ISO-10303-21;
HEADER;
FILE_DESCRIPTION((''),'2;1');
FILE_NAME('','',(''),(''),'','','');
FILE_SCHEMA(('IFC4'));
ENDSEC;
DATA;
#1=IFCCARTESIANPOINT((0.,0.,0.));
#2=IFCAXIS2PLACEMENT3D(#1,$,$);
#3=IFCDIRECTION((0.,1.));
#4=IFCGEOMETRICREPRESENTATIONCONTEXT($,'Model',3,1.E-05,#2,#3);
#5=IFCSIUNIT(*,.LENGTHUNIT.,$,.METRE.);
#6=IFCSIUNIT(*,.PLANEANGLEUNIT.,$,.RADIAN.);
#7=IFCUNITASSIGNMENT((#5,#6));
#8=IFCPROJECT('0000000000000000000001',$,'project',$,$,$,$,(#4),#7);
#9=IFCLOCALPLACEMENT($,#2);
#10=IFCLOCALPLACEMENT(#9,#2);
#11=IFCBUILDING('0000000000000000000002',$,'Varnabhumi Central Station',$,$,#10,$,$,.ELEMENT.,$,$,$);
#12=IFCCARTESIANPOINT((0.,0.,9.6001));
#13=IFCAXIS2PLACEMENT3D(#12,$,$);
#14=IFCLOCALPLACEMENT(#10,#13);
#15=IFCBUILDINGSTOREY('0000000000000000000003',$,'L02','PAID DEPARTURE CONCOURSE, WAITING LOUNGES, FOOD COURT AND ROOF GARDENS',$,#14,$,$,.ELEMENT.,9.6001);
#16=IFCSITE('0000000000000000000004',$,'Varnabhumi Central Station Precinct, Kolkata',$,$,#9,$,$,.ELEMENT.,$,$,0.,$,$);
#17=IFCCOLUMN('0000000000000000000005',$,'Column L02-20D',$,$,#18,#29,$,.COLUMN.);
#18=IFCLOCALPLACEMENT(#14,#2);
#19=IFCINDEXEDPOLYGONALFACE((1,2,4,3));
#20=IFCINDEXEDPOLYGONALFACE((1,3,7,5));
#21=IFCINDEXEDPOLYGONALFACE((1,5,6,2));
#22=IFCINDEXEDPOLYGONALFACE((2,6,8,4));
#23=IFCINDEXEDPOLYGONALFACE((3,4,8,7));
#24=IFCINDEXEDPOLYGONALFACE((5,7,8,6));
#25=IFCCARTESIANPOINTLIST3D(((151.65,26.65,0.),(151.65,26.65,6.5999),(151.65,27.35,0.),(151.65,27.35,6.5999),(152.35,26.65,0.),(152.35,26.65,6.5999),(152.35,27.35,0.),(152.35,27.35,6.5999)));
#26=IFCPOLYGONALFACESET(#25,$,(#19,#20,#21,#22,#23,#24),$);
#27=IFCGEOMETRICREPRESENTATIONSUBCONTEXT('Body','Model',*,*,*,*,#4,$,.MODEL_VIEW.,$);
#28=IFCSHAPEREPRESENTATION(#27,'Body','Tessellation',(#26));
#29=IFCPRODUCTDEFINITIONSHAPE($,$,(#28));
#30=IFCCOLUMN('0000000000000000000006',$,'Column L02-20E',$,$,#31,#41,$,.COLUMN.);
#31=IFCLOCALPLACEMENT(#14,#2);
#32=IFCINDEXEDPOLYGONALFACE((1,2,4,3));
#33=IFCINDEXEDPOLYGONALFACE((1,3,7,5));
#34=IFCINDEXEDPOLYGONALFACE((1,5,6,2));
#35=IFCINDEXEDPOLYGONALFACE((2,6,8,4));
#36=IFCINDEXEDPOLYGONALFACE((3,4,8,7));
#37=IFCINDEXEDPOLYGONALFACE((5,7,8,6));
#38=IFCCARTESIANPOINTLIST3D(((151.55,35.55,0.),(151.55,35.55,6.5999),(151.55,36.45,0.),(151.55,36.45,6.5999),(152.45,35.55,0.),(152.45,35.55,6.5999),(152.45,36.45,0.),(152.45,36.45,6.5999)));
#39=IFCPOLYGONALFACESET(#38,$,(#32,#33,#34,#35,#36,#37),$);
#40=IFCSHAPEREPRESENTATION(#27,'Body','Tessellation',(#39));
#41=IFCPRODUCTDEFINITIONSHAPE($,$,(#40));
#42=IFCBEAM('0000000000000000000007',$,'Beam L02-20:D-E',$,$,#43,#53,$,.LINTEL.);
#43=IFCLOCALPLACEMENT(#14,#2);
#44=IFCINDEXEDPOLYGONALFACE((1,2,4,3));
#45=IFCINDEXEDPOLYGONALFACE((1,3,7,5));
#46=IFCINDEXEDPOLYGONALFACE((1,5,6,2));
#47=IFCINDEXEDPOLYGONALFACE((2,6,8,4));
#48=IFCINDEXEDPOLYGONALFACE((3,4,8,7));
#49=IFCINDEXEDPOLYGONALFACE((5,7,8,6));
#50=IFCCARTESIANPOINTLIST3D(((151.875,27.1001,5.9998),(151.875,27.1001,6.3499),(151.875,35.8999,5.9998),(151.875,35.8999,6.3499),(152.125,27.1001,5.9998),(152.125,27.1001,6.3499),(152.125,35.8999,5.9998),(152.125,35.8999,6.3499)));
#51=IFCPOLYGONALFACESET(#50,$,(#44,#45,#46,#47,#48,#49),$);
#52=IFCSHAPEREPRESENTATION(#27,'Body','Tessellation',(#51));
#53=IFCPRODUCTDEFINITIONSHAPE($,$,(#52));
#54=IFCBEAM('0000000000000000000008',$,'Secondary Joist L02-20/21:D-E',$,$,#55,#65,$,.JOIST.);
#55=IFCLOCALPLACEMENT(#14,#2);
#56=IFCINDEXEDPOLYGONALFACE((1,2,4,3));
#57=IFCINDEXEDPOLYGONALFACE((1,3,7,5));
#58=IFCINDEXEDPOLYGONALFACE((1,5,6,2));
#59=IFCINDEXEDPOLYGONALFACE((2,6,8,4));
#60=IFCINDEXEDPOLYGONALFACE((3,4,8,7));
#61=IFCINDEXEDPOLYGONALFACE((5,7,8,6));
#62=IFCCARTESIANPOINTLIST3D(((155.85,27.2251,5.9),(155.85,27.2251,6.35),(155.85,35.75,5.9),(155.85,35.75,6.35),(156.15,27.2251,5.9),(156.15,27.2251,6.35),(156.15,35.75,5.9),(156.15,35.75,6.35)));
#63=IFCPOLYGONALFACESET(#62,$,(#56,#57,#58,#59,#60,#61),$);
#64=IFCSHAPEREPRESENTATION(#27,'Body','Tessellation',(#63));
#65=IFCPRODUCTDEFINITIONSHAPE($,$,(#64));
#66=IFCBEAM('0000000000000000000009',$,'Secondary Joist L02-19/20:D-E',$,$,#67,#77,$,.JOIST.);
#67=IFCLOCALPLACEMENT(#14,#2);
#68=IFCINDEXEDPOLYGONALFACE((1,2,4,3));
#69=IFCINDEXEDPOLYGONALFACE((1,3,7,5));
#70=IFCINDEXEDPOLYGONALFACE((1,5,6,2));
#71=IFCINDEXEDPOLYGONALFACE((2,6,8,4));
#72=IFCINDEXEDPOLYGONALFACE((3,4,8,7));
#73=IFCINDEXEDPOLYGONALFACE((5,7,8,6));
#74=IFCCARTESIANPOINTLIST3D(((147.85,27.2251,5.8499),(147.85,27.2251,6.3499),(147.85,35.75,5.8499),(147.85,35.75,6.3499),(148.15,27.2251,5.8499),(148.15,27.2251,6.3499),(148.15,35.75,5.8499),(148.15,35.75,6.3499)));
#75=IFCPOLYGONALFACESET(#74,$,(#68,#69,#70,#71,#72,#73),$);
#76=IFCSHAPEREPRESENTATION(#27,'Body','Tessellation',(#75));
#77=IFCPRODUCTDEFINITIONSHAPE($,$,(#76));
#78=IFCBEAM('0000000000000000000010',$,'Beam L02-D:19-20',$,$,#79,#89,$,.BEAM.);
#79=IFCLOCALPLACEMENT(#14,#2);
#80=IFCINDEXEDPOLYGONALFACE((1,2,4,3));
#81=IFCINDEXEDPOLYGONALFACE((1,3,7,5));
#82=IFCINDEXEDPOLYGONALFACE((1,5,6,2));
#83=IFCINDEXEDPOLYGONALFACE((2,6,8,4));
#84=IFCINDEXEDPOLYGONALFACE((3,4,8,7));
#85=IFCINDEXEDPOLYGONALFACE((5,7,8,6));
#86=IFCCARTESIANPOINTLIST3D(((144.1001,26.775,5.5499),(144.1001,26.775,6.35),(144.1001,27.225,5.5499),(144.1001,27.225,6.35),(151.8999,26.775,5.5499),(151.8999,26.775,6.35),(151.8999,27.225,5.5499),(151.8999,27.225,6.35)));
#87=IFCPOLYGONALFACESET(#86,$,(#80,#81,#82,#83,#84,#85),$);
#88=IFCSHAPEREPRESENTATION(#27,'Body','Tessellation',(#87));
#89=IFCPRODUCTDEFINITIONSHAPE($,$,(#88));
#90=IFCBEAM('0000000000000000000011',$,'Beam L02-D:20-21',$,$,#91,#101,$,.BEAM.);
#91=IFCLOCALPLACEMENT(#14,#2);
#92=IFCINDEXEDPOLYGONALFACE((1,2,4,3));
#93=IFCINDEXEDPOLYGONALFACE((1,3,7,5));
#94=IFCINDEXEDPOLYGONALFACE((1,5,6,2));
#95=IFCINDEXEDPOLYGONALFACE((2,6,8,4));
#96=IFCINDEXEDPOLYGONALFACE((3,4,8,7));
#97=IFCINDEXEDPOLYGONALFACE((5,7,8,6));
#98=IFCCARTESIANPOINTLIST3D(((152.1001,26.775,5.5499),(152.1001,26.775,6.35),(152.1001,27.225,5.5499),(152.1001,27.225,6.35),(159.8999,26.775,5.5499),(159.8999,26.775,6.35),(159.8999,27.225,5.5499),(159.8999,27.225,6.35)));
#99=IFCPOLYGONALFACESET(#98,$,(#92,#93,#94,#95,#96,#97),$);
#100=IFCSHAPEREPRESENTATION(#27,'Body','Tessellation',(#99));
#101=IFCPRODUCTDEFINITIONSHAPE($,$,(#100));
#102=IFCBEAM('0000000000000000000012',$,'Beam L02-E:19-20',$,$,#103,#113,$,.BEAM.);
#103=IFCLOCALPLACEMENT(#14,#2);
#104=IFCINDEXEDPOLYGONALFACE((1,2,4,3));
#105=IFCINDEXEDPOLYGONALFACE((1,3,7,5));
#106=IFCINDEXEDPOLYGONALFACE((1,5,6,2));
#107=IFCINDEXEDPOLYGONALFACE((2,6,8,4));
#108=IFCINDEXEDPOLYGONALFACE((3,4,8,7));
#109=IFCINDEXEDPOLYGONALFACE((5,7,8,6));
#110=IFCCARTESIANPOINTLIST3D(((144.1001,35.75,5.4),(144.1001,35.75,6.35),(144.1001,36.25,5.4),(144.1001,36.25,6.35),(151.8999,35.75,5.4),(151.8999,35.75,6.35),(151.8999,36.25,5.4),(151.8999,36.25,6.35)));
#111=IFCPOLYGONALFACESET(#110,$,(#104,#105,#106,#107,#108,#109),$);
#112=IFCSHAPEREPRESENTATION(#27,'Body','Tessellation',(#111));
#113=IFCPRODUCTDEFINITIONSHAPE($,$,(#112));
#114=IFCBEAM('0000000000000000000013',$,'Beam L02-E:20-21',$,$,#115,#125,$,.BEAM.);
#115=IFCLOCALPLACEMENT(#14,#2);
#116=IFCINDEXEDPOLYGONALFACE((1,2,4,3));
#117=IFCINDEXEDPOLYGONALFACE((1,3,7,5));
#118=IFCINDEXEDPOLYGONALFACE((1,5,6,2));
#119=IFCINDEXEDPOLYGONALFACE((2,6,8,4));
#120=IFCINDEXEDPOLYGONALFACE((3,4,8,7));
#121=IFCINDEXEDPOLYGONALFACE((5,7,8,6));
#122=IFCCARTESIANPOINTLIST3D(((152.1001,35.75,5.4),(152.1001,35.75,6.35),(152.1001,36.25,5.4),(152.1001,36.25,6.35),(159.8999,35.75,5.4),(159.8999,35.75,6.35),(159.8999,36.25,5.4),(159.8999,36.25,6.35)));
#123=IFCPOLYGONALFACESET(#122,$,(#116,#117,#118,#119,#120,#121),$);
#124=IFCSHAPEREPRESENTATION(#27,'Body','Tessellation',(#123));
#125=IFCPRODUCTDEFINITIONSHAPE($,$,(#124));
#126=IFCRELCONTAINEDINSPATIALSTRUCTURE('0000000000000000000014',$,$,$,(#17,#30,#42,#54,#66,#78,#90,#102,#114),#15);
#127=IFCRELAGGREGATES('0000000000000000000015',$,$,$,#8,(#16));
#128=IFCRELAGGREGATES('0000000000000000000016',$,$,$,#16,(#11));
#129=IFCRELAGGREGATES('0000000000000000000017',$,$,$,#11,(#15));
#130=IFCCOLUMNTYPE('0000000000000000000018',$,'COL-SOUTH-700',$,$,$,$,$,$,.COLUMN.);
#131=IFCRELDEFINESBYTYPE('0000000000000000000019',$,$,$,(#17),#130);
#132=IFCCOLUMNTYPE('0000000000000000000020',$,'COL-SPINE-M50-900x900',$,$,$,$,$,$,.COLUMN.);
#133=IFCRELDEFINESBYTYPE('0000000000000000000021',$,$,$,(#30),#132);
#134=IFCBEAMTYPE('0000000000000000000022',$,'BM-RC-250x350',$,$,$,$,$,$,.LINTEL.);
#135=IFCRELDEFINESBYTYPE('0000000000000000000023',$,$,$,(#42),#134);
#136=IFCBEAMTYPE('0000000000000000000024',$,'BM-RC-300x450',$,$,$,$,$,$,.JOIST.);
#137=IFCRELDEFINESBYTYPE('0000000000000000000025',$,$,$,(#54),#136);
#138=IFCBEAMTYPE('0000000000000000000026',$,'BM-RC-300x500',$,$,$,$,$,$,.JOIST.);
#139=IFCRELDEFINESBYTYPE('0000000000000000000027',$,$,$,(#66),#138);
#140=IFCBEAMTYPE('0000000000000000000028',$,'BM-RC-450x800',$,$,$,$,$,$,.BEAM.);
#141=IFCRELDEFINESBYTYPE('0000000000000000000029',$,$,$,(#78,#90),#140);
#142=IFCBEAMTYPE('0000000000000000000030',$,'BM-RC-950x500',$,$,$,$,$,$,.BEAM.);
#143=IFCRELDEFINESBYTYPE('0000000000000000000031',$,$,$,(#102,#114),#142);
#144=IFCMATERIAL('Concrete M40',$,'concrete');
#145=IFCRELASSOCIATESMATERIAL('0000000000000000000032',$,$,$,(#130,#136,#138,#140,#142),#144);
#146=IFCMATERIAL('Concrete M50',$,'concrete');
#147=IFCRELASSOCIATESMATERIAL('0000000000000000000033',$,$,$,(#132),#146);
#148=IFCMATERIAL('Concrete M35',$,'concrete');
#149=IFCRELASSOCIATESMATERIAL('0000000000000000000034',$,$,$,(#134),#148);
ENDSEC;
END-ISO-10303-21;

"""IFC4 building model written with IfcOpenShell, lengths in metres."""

from ifc_helpers import new_model, si_unit, direction, frame, origin, origin_2d, place, context, subcontext, project, spatial, rectangle, extrude, material, material_profile, profile_set, type_object, element, save


model = new_model("IFC4")

# Units and contexts
model_context = context("Model", 3, precision=1e-05, world=origin(), true_north=direction((0.0, 1.0)))
body_context = subcontext(model_context, "Body", "Model", "MODEL_VIEW")
ifc_project = project(units=[si_unit("LENGTHUNIT", "METRE"), si_unit("PLANEANGLEUNIT", "RADIAN")], contexts=[model_context])

# Site, building, storey
site_placement = place(None, origin())
site = spatial("IfcSite", under=ifc_project, at=site_placement, Name="Varnabhumi Central Station Precinct, Kolkata", CompositionType="ELEMENT", RefElevation=0.0)
building_placement = place(site_placement, origin())
building = spatial("IfcBuilding", under=site, at=building_placement, Name="Varnabhumi Central Station", CompositionType="ELEMENT")
storey_placement = place(building_placement, frame((0.0, 0.0, 9.6001)))
storey = spatial("IfcBuildingStorey", under=building, at=storey_placement, Name="L02", Description="PAID DEPARTURE CONCOURSE, WAITING LOUNGES, FOOD COURT AND ROOF GARDENS", CompositionType="ELEMENT", Elevation=9.6001)

# Columns
ifc_material_1 = material(Name="Concrete M40", Category="concrete")
ifc_material_profile_1 = material_profile(ifc_material_1, rectangle(XDim=0.7, YDim=0.7, at=origin_2d()), Name="Concrete M40", Category="concrete")
ifc_profile_set_1 = profile_set([ifc_material_profile_1], Name="Concrete M40")
column_type_1 = type_object("IfcColumnType", Name="COL-SOUTH-700", PredefinedType="COLUMN", material=ifc_profile_set_1)
column_1_placement = place(storey_placement, frame((152.0, 27.0, 0.0), z_axis=(0.0, 0.0, 1.0), x_axis=(1.0, 0.0, 0.0)))
element("IfcColumn", 1, at=column_1_placement, inside=storey, type_object=column_type_1, Name="Column L02-20D", PredefinedType="COLUMN", context=body_context, shape_type="SweptSolid", body=[
    extrude(rectangle(XDim=0.7, YDim=0.7, at=origin_2d()), origin(), (0.0, 0.0, 1.0), 6.5999),
])
ifc_material_2 = material(Name="Concrete M50", Category="concrete")
ifc_material_profile_2 = material_profile(ifc_material_2, rectangle(XDim=0.8999, YDim=0.8999, at=origin_2d()), Name="Concrete M50", Category="concrete")
ifc_profile_set_2 = profile_set([ifc_material_profile_2], Name="Concrete M50")
column_type_2 = type_object("IfcColumnType", Name="COL-SPINE-M50-900x900", PredefinedType="COLUMN", material=ifc_profile_set_2)
column_2_placement = place(storey_placement, frame((152.0, 36.0, 0.0), z_axis=(0.0, 0.0, 1.0), x_axis=(1.0, 0.0, 0.0)))
element("IfcColumn", 2, at=column_2_placement, inside=storey, type_object=column_type_2, Name="Column L02-20E", PredefinedType="COLUMN", context=body_context, shape_type="SweptSolid", body=[
    extrude(rectangle(XDim=0.8999, YDim=0.8999, at=origin_2d()), origin(), (0.0, 0.0, 1.0), 6.5999),
])

# Beams
ifc_material_3 = material(Name="Concrete M35", Category="concrete")
ifc_material_profile_3 = material_profile(ifc_material_3, rectangle(XDim=0.25, YDim=0.3501, at=origin_2d()), Name="Concrete M35", Category="concrete")
ifc_profile_set_3 = profile_set([ifc_material_profile_3], Name="Concrete M35")
beam_type_1 = type_object("IfcBeamType", Name="BM-RC-250x350", PredefinedType="LINTEL", material=ifc_profile_set_3)
beam_1_placement = place(storey_placement, frame((152.0, 27.1001, 6.1748), z_axis=(0.0, 1.0, 0.0), x_axis=(-1.0, 0.0, 0.0)))
element("IfcBeam", 3, at=beam_1_placement, inside=storey, type_object=beam_type_1, Name="Beam L02-20:D-E", PredefinedType="LINTEL", context=body_context, shape_type="SweptSolid", body=[
    extrude(rectangle(XDim=0.25, YDim=0.3501, at=origin_2d()), origin(), (0.0, 0.0, 1.0), 8.7998),
])
ifc_material_profile_4 = material_profile(ifc_material_1, rectangle(XDim=0.3, YDim=0.45, at=origin_2d()), Name="Concrete M40", Category="concrete")
ifc_profile_set_4 = profile_set([ifc_material_profile_4], Name="Concrete M40")
beam_type_2 = type_object("IfcBeamType", Name="BM-RC-300x450", PredefinedType="JOIST", material=ifc_profile_set_4)
beam_2_placement = place(storey_placement, frame((156.0, 27.2251, 6.125), z_axis=(0.0, 1.0, 0.0), x_axis=(-1.0, 0.0, 0.0)))
element("IfcBeam", 4, at=beam_2_placement, inside=storey, type_object=beam_type_2, Name="Secondary Joist L02-20/21:D-E", PredefinedType="JOIST", context=body_context, shape_type="SweptSolid", body=[
    extrude(rectangle(XDim=0.3, YDim=0.45, at=origin_2d()), origin(), (0.0, 0.0, 1.0), 8.5249),
])
ifc_material_profile_5 = material_profile(ifc_material_1, rectangle(XDim=0.3, YDim=0.5, at=origin_2d()), Name="Concrete M40", Category="concrete")
ifc_profile_set_5 = profile_set([ifc_material_profile_5], Name="Concrete M40")
beam_type_3 = type_object("IfcBeamType", Name="BM-RC-300x500", PredefinedType="JOIST", material=ifc_profile_set_5)
beam_3_placement = place(storey_placement, frame((148.0, 27.2251, 6.0999), z_axis=(0.0, 1.0, 0.0), x_axis=(-1.0, 0.0, 0.0)))
element("IfcBeam", 5, at=beam_3_placement, inside=storey, type_object=beam_type_3, Name="Secondary Joist L02-19/20:D-E", PredefinedType="JOIST", context=body_context, shape_type="SweptSolid", body=[
    extrude(rectangle(XDim=0.3, YDim=0.5, at=origin_2d()), origin(), (0.0, 0.0, 1.0), 8.5249),
])
ifc_material_profile_6 = material_profile(ifc_material_1, rectangle(XDim=0.45, YDim=0.8, at=origin_2d()), Name="Concrete M40", Category="concrete")
ifc_profile_set_6 = profile_set([ifc_material_profile_6], Name="Concrete M40")
beam_type_4 = type_object("IfcBeamType", Name="BM-RC-450x800", PredefinedType="BEAM", material=ifc_profile_set_6)
for number, where, z_axis, x_axis, name in (
    (6, (144.1001, 27.0, 5.95), (1.0, 0.0, 0.0), (0.0, 1.0, 0.0), "Beam L02-D:19-20"),
    (7, (152.1001, 27.0, 5.95), (1.0, 0.0, 0.0), (0.0, 1.0, 0.0), "Beam L02-D:20-21"),
):
    element("IfcBeam", number, at=place(storey_placement, frame(where, z_axis=z_axis, x_axis=x_axis)), inside=storey, type_object=beam_type_4, Name=name, PredefinedType="BEAM", context=body_context, shape_type="SweptSolid", body=[
        extrude(rectangle(XDim=0.45, YDim=0.8, at=origin_2d()), origin(), (0.0, 0.0, 1.0), 7.7998),
    ])
ifc_material_profile_7 = material_profile(ifc_material_1, rectangle(XDim=0.5, YDim=0.95, at=origin_2d()), Name="Concrete M40", Category="concrete")
ifc_profile_set_7 = profile_set([ifc_material_profile_7], Name="Concrete M40")
beam_type_5 = type_object("IfcBeamType", Name="BM-RC-950x500", PredefinedType="BEAM", material=ifc_profile_set_7)
for number, where, z_axis, x_axis, name in (
    (8, (144.1001, 36.0, 5.875), (1.0, 0.0, 0.0), (0.0, 1.0, 0.0), "Beam L02-E:19-20"),
    (9, (152.1001, 36.0, 5.875), (1.0, 0.0, 0.0), (0.0, 1.0, 0.0), "Beam L02-E:20-21"),
):
    element("IfcBeam", number, at=place(storey_placement, frame(where, z_axis=z_axis, x_axis=x_axis)), inside=storey, type_object=beam_type_5, Name=name, PredefinedType="BEAM", context=body_context, shape_type="SweptSolid", body=[
        extrude(rectangle(XDim=0.5, YDim=0.95, at=origin_2d()), origin(), (0.0, 0.0, 1.0), 7.7998),
    ])

save(model, "model.ifc")
